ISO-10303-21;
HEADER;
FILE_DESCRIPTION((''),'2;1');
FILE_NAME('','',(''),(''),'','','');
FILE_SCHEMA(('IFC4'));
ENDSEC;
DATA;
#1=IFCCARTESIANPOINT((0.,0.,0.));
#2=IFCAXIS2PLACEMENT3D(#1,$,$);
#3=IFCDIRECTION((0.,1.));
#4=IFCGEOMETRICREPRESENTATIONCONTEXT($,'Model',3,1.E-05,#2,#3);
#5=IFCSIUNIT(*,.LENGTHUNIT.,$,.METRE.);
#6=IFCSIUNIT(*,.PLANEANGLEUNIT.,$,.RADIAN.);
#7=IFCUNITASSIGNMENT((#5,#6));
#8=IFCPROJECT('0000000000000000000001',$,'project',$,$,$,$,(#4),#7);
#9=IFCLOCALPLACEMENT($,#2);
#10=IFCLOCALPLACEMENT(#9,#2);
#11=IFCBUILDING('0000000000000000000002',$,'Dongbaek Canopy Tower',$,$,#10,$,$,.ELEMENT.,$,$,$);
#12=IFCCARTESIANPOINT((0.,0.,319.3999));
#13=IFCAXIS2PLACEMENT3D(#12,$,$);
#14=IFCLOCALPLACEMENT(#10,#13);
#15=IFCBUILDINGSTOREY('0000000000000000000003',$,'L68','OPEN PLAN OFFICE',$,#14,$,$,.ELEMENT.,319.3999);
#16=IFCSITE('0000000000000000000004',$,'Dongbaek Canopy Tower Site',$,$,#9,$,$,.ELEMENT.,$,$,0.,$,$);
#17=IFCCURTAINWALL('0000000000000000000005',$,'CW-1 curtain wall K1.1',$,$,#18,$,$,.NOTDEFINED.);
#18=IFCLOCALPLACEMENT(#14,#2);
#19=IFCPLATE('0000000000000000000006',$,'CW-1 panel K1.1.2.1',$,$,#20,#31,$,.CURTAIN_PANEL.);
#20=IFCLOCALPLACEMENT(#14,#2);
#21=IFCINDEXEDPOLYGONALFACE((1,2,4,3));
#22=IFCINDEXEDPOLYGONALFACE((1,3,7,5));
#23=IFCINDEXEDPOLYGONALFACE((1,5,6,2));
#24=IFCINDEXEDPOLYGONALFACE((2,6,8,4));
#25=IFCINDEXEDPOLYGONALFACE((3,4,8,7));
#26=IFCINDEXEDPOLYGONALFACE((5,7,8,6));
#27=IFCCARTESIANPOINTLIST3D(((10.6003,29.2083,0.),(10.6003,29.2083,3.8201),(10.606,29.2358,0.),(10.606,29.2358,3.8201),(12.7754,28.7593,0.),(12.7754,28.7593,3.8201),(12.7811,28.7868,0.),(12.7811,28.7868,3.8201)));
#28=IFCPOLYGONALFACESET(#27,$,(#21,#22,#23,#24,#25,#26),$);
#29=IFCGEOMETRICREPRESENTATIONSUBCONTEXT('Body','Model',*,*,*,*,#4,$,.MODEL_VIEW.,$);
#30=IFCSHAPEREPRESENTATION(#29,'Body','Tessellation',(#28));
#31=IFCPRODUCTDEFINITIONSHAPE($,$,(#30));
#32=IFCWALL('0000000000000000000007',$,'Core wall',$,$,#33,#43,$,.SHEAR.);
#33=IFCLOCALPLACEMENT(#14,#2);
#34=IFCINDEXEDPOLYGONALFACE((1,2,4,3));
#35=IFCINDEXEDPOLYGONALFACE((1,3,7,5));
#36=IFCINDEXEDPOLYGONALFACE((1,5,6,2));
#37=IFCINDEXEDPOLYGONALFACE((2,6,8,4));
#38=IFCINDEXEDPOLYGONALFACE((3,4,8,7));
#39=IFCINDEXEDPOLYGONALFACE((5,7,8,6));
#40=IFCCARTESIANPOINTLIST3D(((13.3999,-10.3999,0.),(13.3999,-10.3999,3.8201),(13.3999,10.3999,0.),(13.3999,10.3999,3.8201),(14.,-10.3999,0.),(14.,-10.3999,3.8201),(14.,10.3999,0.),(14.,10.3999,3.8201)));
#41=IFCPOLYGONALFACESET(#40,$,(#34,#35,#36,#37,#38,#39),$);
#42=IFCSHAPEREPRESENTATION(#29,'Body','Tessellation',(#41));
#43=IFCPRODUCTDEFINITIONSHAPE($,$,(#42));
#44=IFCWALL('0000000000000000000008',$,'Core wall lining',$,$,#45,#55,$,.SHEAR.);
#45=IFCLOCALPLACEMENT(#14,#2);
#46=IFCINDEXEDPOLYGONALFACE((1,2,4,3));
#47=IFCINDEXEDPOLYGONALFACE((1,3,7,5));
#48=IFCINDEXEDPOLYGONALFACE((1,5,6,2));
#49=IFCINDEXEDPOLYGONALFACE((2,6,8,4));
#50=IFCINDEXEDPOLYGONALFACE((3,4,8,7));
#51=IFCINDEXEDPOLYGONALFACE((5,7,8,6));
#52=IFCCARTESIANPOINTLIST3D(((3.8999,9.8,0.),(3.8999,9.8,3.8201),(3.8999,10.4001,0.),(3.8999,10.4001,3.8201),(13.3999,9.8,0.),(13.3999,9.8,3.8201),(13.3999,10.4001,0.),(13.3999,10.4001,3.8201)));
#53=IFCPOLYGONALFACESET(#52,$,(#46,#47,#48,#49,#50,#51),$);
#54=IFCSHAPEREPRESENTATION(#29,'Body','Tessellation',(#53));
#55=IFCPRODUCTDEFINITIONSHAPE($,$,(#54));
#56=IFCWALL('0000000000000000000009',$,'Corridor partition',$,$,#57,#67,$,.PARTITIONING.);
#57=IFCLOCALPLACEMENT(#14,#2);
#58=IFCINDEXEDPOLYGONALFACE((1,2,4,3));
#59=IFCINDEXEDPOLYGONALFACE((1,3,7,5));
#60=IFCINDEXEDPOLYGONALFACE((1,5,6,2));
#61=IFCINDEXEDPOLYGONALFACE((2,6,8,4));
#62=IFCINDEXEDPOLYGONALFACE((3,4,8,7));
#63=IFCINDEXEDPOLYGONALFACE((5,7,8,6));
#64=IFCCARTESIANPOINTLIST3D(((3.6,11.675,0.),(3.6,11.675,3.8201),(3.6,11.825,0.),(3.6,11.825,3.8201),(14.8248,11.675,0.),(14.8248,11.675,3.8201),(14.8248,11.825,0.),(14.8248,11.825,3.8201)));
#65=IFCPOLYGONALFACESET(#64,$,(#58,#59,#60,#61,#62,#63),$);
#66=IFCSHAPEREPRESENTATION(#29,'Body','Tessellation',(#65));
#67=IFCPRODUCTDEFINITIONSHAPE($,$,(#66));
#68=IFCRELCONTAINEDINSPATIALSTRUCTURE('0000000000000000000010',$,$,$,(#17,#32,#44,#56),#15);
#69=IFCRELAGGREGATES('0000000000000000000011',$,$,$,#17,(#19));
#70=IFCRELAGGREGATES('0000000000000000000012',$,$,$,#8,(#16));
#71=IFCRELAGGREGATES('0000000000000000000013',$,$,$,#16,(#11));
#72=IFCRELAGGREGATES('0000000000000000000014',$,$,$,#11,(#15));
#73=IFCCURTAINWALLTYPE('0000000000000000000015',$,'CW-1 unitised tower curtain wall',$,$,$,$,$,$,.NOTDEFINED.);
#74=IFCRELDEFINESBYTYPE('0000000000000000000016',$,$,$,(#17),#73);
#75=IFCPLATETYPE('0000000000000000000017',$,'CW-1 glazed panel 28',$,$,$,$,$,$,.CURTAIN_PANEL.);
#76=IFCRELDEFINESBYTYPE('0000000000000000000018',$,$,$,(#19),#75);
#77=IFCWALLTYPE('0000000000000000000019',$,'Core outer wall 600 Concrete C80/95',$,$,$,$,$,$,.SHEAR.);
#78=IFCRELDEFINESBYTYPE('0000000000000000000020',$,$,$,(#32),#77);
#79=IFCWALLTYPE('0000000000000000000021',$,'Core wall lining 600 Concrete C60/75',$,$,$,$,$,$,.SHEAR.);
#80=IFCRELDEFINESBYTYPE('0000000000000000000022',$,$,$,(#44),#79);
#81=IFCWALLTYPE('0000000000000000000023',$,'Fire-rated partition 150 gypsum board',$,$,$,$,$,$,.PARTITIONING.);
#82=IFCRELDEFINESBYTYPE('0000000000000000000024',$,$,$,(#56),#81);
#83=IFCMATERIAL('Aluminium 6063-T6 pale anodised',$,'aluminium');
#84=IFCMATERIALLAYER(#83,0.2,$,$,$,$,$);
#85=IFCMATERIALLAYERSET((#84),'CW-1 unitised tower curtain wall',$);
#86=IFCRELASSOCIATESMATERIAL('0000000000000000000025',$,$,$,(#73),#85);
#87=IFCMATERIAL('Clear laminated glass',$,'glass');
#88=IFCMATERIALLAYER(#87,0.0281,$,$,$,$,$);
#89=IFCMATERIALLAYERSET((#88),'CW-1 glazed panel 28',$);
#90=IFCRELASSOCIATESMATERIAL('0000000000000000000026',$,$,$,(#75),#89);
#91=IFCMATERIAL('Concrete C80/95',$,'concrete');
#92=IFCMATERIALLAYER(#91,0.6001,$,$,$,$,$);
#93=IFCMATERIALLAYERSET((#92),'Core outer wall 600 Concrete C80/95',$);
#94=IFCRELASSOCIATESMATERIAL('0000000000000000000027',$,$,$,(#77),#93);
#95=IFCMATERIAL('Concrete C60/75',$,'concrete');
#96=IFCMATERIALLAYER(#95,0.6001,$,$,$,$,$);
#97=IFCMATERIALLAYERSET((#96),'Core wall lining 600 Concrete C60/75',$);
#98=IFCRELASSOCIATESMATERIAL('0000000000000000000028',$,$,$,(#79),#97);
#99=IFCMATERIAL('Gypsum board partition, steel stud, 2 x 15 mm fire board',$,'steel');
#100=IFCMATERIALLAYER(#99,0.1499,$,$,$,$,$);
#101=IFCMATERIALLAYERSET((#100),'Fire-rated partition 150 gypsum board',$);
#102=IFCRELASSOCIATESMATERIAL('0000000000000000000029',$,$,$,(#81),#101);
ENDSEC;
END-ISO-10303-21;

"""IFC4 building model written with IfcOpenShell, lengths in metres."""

from ifc_helpers import new_model, si_unit, direction, frame, frame_2d, origin, origin_2d, place, context, subcontext, project, spatial, rectangle, extrude, material, layer, layer_set, type_object, element, aggregate, save


model = new_model("IFC4")

# Units and contexts
model_context = context("Model", 3, precision=1e-05, world=origin(), true_north=direction((0.0, 1.0)))
body_context = subcontext(model_context, "Body", "Model", "MODEL_VIEW")
ifc_project = project(units=[si_unit("LENGTHUNIT", "METRE"), si_unit("PLANEANGLEUNIT", "RADIAN")], contexts=[model_context])

# Site, building, storey
site_placement = place(None, origin())
site = spatial("IfcSite", under=ifc_project, at=site_placement, Name="Dongbaek Canopy Tower Site", CompositionType="ELEMENT", RefElevation=0.0)
building_placement = place(site_placement, origin())
building = spatial("IfcBuilding", under=site, at=building_placement, Name="Dongbaek Canopy Tower", CompositionType="ELEMENT")
storey_placement = place(building_placement, frame((0.0, 0.0, 319.3999)))
storey = spatial("IfcBuildingStorey", under=building, at=storey_placement, Name="L68", Description="OPEN PLAN OFFICE", CompositionType="ELEMENT", Elevation=319.3999)

# Curtain wall
ifc_material_1 = material(Name="Aluminium 6063-T6 pale anodised", Category="aluminium")
ifc_layer_1 = layer(ifc_material_1, 0.2)
ifc_layer_set_1 = layer_set([ifc_layer_1], Name="CW-1 unitised tower curtain wall")
curtain_wall_type = type_object("IfcCurtainWallType", Name="CW-1 unitised tower curtain wall", PredefinedType="NOTDEFINED", material=ifc_layer_set_1)
curtain_wall_placement = place(storey_placement, origin())
curtain_wall = element("IfcCurtainWall", 1, at=curtain_wall_placement, inside=storey, type_object=curtain_wall_type, Name="CW-1 curtain wall K1.1", PredefinedType="NOTDEFINED")

# Plate
ifc_material_2 = material(Name="Clear laminated glass", Category="glass")
ifc_layer_2 = layer(ifc_material_2, 0.0281)
ifc_layer_set_2 = layer_set([ifc_layer_2], Name="CW-1 glazed panel 28")
plate_type = type_object("IfcPlateType", Name="CW-1 glazed panel 28", PredefinedType="CURTAIN_PANEL", material=ifc_layer_set_2)
plate_1_placement = place(storey_placement, frame((11.6907, 28.9976, 0.0), z_axis=(0.0, 0.0, 1.0), x_axis=(-0.979349, 0.202175, 0.0)))
plate_1 = element("IfcPlate", 2, at=plate_1_placement, type_object=plate_type, Name="CW-1 panel K1.1.2.1", PredefinedType="CURTAIN_PANEL", context=body_context, shape_type="SweptSolid", body=[
    extrude(rectangle(XDim=2.2209, YDim=0.0281, at=origin_2d()), origin(), (0.0, 0.0, 1.0), 3.8201),
])
aggregate(curtain_wall, [plate_1])

# Walls
ifc_material_3 = material(Name="Concrete C80/95", Category="concrete")
ifc_layer_3 = layer(ifc_material_3, 0.6001)
ifc_layer_set_3 = layer_set([ifc_layer_3], Name="Core outer wall 600 Concrete C80/95")
wall_type_1 = type_object("IfcWallType", Name="Core outer wall 600 Concrete C80/95", PredefinedType="SHEAR", material=ifc_layer_set_3)
wall_1_placement = place(storey_placement, frame((13.7, 10.3999, 0.0), z_axis=(0.0, 0.0, 1.0), x_axis=(0.0, -1.0, 0.0)))
element("IfcWall", 3, at=wall_1_placement, inside=storey, type_object=wall_type_1, Name="Core wall", PredefinedType="SHEAR", context=body_context, shape_type="SweptSolid", body=[
    extrude(rectangle(XDim=20.7998, YDim=0.6001, at=frame_2d((10.3999, 0.0))), origin(), (0.0, 0.0, 1.0), 3.8201),
])
ifc_material_4 = material(Name="Concrete C60/75", Category="concrete")
ifc_layer_4 = layer(ifc_material_4, 0.6001)
ifc_layer_set_4 = layer_set([ifc_layer_4], Name="Core wall lining 600 Concrete C60/75")
wall_type_2 = type_object("IfcWallType", Name="Core wall lining 600 Concrete C60/75", PredefinedType="SHEAR", material=ifc_layer_set_4)
wall_2_placement = place(storey_placement, frame((3.8999, 10.1001, 0.0), z_axis=(0.0, 0.0, 1.0), x_axis=(1.0, 0.0, 0.0)))
element("IfcWall", 4, at=wall_2_placement, inside=storey, type_object=wall_type_2, Name="Core wall lining", PredefinedType="SHEAR", context=body_context, shape_type="SweptSolid", body=[
    extrude(rectangle(XDim=9.5, YDim=0.6001, at=frame_2d((4.75, 0.0))), origin(), (0.0, 0.0, 1.0), 3.8201),
])
ifc_material_5 = material(Name="Gypsum board partition, steel stud, 2 x 15 mm fire board", Category="steel")
ifc_layer_5 = layer(ifc_material_5, 0.1499)
ifc_layer_set_5 = layer_set([ifc_layer_5], Name="Fire-rated partition 150 gypsum board")
wall_type_3 = type_object("IfcWallType", Name="Fire-rated partition 150 gypsum board", PredefinedType="PARTITIONING", material=ifc_layer_set_5)
wall_3_placement = place(storey_placement, frame((3.6001, 11.75, 0.0), z_axis=(0.0, 0.0, 1.0), x_axis=(1.0, 0.0, 0.0)))
element("IfcWall", 5, at=wall_3_placement, inside=storey, type_object=wall_type_3, Name="Corridor partition", PredefinedType="PARTITIONING", context=body_context, shape_type="SweptSolid", body=[
    extrude(rectangle(XDim=11.2249, YDim=0.1499, at=frame_2d((5.6123, 0.0))), origin(), (0.0, 0.0, 1.0), 3.8201),
])

save(model, "model.ifc")
